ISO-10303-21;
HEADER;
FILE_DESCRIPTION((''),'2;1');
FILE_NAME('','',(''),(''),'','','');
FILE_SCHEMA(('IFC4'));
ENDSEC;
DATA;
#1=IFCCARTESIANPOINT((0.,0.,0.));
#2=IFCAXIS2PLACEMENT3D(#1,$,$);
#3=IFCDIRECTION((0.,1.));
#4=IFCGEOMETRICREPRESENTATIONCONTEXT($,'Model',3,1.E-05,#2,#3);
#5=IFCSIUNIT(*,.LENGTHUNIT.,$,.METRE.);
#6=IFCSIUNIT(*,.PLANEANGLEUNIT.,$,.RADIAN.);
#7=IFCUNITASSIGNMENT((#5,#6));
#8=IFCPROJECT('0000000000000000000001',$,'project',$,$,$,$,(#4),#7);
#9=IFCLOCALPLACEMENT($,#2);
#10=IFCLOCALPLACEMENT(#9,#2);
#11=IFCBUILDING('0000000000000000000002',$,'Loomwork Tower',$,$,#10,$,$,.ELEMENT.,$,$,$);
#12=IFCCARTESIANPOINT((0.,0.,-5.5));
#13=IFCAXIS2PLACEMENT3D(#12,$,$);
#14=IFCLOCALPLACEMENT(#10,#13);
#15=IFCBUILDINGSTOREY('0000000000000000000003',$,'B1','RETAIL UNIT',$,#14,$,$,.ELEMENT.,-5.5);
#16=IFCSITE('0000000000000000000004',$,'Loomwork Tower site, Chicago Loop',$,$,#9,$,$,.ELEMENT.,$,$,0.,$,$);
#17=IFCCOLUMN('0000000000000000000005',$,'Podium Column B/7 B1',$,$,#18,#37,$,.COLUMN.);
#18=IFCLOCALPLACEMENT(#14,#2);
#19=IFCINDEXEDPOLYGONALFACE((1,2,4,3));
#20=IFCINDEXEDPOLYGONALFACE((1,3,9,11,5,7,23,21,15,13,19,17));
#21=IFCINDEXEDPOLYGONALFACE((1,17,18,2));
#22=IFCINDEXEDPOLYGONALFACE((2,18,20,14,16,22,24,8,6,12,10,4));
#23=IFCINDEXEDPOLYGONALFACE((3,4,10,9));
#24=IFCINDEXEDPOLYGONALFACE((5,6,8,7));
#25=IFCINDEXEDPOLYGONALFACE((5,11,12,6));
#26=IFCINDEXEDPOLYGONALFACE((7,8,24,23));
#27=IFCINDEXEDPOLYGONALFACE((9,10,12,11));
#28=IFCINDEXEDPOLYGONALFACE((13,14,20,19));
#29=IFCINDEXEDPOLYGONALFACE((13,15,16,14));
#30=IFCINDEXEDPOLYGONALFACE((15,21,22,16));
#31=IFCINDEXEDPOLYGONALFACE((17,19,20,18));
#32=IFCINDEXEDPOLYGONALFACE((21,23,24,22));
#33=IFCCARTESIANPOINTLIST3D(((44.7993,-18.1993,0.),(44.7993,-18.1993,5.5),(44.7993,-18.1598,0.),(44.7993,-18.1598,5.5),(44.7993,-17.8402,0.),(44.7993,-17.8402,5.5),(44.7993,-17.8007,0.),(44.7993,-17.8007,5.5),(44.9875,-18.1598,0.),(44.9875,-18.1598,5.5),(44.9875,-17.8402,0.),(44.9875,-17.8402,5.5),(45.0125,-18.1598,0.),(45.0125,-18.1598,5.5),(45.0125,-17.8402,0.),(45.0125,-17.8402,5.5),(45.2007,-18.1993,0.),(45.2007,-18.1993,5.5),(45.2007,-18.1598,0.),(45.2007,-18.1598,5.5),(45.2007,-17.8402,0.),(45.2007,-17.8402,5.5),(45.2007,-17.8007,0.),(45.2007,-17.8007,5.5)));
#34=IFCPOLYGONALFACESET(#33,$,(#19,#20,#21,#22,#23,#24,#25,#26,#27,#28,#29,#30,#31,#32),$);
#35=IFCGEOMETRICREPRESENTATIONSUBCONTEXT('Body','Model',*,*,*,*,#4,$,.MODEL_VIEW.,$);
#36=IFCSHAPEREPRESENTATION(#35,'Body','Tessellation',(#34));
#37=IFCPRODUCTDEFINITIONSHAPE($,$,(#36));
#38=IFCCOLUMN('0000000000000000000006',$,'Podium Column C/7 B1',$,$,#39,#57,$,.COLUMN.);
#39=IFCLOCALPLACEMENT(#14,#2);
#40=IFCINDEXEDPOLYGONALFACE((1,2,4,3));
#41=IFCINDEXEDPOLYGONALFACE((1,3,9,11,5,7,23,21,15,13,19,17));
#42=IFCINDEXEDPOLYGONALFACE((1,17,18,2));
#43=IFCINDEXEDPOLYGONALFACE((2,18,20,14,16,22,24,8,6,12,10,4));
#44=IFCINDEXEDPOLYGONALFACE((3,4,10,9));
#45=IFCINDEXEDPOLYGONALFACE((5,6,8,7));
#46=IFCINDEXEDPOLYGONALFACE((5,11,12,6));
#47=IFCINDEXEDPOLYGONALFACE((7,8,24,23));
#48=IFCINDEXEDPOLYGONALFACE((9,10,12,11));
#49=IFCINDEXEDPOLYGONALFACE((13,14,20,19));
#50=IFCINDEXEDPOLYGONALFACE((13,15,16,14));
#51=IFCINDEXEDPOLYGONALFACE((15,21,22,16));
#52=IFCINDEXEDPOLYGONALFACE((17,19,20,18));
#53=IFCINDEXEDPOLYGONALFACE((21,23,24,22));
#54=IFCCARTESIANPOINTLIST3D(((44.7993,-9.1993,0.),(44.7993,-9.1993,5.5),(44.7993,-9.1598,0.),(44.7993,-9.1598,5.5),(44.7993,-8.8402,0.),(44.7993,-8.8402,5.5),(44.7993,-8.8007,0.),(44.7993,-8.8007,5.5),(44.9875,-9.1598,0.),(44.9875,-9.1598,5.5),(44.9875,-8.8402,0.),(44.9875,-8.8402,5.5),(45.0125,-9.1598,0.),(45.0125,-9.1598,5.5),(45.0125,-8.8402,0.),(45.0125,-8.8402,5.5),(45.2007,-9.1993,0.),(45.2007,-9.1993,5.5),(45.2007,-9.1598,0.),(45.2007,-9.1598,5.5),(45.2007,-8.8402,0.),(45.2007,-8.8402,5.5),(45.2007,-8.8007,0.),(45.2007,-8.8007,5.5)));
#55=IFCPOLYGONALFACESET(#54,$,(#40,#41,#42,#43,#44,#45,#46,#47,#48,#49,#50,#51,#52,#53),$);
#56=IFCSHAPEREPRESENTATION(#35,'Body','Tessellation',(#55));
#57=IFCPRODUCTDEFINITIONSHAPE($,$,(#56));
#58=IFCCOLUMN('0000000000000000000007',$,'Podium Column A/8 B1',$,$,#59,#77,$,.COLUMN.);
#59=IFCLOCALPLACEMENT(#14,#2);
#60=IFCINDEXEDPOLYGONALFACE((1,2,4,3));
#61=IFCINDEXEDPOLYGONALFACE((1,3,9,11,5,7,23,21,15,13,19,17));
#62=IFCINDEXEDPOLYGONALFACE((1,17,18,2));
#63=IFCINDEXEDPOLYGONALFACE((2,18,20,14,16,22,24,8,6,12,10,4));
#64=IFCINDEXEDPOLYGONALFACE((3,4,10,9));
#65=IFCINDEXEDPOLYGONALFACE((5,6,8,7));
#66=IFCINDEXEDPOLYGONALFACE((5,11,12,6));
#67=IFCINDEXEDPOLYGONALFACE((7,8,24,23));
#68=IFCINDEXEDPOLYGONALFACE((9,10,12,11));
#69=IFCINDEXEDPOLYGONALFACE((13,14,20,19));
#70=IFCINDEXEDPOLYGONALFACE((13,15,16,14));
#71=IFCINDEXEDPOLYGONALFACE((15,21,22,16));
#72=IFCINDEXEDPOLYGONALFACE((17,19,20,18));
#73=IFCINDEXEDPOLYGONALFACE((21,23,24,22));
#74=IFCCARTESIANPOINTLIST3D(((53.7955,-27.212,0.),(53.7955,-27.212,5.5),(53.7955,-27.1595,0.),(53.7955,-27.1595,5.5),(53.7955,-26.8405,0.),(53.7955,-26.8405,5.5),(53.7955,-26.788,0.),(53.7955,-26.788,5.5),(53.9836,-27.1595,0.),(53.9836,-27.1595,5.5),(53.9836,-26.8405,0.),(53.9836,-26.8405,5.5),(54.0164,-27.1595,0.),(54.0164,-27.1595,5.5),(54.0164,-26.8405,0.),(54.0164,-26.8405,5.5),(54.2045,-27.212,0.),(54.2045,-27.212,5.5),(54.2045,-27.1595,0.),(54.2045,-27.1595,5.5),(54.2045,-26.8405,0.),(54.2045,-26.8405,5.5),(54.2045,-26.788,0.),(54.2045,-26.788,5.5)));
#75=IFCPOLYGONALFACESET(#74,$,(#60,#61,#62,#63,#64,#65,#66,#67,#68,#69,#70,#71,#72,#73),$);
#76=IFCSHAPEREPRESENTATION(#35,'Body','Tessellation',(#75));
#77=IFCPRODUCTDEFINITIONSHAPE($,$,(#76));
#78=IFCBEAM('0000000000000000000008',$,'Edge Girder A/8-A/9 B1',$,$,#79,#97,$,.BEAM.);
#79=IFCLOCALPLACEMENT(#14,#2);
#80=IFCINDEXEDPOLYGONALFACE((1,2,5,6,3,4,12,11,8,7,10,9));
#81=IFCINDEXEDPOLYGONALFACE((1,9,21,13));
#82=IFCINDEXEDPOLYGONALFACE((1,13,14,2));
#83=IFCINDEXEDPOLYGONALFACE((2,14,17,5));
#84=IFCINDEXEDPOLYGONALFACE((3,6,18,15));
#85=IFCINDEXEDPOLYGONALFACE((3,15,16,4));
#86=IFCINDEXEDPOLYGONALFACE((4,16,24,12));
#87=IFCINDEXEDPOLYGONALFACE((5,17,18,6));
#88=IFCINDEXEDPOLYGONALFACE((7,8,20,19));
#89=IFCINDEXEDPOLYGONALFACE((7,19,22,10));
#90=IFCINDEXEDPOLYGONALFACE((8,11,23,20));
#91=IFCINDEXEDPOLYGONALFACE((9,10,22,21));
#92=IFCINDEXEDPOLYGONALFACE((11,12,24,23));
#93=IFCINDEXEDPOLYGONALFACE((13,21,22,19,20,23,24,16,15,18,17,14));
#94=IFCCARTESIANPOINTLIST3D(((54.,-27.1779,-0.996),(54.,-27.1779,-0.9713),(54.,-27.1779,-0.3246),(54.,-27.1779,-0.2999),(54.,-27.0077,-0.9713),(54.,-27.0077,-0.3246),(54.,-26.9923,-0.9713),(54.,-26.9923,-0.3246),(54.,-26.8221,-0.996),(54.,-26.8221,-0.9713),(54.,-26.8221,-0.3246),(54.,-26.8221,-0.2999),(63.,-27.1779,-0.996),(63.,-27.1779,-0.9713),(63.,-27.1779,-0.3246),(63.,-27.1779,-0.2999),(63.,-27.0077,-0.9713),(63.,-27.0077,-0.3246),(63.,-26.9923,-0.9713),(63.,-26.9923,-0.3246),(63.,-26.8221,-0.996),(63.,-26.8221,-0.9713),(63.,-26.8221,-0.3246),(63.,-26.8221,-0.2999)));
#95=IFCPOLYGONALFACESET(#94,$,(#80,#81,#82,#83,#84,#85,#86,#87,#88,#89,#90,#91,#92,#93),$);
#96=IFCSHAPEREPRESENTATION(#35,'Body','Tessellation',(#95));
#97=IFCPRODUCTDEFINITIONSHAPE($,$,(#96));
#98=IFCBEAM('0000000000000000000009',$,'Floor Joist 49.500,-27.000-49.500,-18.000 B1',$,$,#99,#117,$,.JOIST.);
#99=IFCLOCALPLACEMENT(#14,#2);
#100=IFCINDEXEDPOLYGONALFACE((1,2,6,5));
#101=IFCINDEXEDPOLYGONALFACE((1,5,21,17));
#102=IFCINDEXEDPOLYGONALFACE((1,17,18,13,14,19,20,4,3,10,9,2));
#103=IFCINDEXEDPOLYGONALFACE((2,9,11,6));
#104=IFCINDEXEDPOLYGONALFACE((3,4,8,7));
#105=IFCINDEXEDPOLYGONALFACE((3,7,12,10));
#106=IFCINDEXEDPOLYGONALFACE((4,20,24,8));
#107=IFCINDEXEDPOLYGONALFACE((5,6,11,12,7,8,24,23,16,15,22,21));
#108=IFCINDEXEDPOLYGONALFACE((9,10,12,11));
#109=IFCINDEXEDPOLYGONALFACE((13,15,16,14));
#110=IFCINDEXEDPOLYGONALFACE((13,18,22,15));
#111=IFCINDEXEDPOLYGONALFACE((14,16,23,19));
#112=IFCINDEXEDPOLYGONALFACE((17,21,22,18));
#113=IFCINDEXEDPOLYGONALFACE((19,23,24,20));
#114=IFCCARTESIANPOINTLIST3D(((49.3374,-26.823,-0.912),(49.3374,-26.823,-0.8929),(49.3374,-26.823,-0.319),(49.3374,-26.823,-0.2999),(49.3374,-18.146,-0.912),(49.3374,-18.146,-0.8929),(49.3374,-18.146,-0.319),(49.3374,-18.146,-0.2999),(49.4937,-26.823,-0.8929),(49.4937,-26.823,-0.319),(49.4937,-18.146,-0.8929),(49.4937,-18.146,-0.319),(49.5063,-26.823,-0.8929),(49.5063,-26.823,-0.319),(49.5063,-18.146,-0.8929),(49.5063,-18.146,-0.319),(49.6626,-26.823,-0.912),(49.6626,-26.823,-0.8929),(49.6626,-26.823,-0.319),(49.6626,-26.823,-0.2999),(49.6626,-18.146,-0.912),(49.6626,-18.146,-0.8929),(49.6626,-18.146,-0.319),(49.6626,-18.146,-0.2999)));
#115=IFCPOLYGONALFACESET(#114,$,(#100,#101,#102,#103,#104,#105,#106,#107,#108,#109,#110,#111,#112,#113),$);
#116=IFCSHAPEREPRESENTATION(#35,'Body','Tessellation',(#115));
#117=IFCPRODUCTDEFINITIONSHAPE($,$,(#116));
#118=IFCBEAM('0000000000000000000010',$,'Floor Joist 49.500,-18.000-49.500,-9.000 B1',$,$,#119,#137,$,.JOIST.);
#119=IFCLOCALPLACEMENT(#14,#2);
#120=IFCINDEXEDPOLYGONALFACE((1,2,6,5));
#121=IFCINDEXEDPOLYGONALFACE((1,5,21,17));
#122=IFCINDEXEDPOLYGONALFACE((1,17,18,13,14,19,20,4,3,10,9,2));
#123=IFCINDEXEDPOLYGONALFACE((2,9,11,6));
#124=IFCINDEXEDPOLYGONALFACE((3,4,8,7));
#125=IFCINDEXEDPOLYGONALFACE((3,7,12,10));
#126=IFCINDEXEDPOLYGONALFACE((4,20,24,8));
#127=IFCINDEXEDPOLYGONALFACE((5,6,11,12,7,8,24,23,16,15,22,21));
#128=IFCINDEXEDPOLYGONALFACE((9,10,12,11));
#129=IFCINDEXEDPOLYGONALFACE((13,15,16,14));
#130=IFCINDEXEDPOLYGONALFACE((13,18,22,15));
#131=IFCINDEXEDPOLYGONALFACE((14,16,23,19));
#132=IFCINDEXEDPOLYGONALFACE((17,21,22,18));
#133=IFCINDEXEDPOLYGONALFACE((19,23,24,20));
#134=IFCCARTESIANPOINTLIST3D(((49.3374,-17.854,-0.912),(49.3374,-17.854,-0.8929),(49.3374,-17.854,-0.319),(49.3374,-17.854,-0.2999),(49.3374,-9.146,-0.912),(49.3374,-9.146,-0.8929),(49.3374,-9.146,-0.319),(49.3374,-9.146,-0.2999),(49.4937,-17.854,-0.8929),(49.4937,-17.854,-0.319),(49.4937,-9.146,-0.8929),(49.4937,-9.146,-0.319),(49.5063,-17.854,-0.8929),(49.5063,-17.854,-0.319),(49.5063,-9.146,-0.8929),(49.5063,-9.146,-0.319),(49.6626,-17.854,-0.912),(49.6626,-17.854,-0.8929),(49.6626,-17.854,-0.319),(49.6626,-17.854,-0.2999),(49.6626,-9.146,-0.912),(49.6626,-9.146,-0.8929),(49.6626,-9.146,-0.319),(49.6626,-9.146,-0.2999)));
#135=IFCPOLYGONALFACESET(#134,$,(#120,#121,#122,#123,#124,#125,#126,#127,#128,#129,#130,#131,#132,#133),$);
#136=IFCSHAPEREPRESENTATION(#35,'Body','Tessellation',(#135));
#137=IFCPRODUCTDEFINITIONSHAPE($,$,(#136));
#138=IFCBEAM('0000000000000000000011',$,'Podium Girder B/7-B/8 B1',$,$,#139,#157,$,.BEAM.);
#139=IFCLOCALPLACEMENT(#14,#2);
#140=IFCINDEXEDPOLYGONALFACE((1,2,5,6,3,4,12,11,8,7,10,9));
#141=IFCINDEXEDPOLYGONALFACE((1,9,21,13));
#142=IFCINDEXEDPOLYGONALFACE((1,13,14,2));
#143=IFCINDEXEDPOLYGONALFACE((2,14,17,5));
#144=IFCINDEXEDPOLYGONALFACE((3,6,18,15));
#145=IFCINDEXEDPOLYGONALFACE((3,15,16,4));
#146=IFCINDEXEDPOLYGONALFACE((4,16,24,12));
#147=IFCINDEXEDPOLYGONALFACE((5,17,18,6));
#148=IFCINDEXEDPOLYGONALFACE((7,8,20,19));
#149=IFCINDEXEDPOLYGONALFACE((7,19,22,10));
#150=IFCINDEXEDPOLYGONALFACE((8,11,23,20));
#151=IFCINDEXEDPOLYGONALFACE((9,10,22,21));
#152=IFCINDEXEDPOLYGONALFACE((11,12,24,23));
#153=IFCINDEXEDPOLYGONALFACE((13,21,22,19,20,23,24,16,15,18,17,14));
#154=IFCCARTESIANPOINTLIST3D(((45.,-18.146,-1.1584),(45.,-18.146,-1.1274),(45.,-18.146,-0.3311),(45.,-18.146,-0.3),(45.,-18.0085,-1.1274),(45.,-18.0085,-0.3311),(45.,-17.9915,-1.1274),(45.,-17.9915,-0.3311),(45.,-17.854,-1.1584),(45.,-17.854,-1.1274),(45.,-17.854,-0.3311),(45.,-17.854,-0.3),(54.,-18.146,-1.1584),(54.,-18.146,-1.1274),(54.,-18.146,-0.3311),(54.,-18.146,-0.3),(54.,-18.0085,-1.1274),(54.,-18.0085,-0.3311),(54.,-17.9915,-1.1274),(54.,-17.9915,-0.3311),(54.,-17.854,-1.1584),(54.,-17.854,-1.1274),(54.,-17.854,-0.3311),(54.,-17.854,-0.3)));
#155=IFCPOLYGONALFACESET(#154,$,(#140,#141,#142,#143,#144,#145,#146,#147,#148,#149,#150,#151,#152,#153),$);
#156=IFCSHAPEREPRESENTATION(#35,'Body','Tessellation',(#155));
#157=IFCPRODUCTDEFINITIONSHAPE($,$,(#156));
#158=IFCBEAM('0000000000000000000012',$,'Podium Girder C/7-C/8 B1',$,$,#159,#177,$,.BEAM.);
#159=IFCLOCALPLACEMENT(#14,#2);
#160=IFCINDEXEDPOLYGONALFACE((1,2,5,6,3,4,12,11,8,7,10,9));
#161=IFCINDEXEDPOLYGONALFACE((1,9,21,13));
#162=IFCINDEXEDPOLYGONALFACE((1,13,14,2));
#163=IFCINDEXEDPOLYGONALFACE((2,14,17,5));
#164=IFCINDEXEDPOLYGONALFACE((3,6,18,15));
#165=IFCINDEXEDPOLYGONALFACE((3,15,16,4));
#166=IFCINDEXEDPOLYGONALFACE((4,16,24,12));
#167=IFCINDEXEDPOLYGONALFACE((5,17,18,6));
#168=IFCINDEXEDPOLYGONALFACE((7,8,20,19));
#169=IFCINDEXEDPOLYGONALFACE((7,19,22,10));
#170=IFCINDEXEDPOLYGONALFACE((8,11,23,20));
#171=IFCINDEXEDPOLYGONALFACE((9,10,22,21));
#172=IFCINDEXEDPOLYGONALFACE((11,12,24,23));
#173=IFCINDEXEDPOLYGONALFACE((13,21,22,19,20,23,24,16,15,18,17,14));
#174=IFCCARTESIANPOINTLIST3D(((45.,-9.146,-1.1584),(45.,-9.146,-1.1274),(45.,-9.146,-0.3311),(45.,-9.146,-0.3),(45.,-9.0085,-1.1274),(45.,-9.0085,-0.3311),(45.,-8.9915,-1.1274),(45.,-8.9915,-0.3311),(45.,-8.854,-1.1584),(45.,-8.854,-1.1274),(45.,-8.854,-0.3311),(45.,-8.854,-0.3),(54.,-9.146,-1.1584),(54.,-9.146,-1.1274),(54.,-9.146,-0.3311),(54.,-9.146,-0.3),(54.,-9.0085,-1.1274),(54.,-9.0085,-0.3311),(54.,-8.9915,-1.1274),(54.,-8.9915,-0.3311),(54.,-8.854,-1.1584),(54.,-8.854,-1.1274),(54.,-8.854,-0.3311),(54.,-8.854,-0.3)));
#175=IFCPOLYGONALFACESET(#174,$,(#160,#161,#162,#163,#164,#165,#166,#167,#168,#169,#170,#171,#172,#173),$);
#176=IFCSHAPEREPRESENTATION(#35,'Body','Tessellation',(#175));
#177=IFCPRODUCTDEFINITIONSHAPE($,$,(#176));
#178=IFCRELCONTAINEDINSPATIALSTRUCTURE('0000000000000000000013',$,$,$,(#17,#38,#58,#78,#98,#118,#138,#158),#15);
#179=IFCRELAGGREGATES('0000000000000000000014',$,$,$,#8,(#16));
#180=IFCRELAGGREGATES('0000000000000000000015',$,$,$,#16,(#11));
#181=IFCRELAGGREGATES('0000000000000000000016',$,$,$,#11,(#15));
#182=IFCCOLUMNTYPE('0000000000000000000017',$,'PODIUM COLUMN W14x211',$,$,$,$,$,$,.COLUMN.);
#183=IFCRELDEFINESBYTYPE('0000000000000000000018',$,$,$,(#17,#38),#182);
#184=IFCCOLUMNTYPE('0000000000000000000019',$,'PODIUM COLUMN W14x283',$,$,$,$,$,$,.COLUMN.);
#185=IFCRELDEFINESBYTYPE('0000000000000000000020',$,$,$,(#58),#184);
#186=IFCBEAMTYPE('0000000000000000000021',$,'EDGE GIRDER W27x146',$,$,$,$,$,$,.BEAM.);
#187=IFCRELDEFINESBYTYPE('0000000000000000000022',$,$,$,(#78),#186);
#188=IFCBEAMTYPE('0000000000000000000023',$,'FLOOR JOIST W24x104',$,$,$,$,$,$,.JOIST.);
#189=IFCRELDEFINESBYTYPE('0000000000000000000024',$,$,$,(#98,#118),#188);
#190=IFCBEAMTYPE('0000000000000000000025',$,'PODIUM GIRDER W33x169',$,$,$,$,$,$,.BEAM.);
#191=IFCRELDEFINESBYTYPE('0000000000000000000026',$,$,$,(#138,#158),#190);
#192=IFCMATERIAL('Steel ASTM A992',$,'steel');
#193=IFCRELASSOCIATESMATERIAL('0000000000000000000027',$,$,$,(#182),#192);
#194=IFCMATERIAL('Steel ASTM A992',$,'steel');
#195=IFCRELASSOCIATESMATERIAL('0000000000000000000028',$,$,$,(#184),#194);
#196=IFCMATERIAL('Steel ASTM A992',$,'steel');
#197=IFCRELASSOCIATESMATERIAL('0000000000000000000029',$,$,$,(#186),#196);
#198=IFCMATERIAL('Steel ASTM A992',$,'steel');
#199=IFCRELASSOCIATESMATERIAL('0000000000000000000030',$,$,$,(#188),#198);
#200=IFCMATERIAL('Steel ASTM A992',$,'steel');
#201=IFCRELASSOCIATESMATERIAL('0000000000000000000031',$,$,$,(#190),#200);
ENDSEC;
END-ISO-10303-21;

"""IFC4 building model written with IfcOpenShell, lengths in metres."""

from ifc_helpers import new_model, si_unit, direction, frame, origin, origin_2d, place, context, subcontext, project, spatial, i_section, extrude, material, material_profile, profile_set, type_object, element, save


model = new_model("IFC4")

# Units and contexts
model_context = context("Model", 3, precision=1e-05, world=origin(), true_north=direction((0.0, 1.0)))
body_context = subcontext(model_context, "Body", "Model", "MODEL_VIEW")
ifc_project = project(units=[si_unit("LENGTHUNIT", "METRE"), si_unit("PLANEANGLEUNIT", "RADIAN")], contexts=[model_context])

# Site, building, storey
site_placement = place(None, origin())
site = spatial("IfcSite", under=ifc_project, at=site_placement, Name="Loomwork Tower site, Chicago Loop", CompositionType="ELEMENT", RefElevation=0.0)
building_placement = place(site_placement, origin())
building = spatial("IfcBuilding", under=site, at=building_placement, Name="Loomwork Tower", CompositionType="ELEMENT")
storey_placement = place(building_placement, frame((0.0, 0.0, -5.5)))
storey = spatial("IfcBuildingStorey", under=building, at=storey_placement, Name="B1", Description="RETAIL UNIT", CompositionType="ELEMENT", Elevation=-5.5)

# Columns
ifc_material_1 = material(Name="Steel ASTM A992", Category="steel")
ifc_material_profile_1 = material_profile(ifc_material_1, i_section(OverallWidth=0.4014, OverallDepth=0.3987, WebThickness=0.0249, FlangeThickness=0.0396, at=origin_2d()), Name="W14x211")
ifc_profile_set_1 = profile_set([ifc_material_profile_1], Name="Steel ASTM A992")
column_type_1 = type_object("IfcColumnType", Name="PODIUM COLUMN W14x211", PredefinedType="COLUMN", material=ifc_profile_set_1)
for number, where, z_axis, x_axis, name in (
    (1, (45.0, -18.0, 0.0), (0.0, 0.0, 1.0), (1.0, 0.0, 0.0), "Podium Column B/7 B1"),
    (2, (45.0, -9.0, 0.0), (0.0, 0.0, 1.0), (1.0, 0.0, 0.0), "Podium Column C/7 B1"),
):
    element("IfcColumn", number, at=place(storey_placement, frame(where, z_axis=z_axis, x_axis=x_axis)), inside=storey, type_object=column_type_1, Name=name, PredefinedType="COLUMN", context=body_context, shape_type="SweptSolid", body=[
        extrude(i_section(OverallWidth=0.4014, OverallDepth=0.3987, WebThickness=0.0249, FlangeThickness=0.0396, at=origin_2d()), origin(), (0.0, 0.0, 1.0), 5.5),
    ])
ifc_material_2 = material(Name="Steel ASTM A992", Category="steel")
ifc_material_profile_2 = material_profile(ifc_material_2, i_section(OverallWidth=0.4089, OverallDepth=0.4241, WebThickness=0.0327, FlangeThickness=0.0525, at=origin_2d()), Name="W14x283")
ifc_profile_set_2 = profile_set([ifc_material_profile_2], Name="Steel ASTM A992")
column_type_2 = type_object("IfcColumnType", Name="PODIUM COLUMN W14x283", PredefinedType="COLUMN", material=ifc_profile_set_2)
column_placement = place(storey_placement, frame((54.0, -27.0, 0.0), z_axis=(0.0, 0.0, 1.0), x_axis=(1.0, 0.0, 0.0)))
element("IfcColumn", 3, at=column_placement, inside=storey, type_object=column_type_2, Name="Podium Column A/8 B1", PredefinedType="COLUMN", context=body_context, shape_type="SweptSolid", body=[
    extrude(i_section(OverallWidth=0.4089, OverallDepth=0.4241, WebThickness=0.0327, FlangeThickness=0.0525, at=origin_2d()), origin(), (0.0, 0.0, 1.0), 5.5),
])

# Beams
ifc_material_3 = material(Name="Steel ASTM A992", Category="steel")
ifc_material_profile_3 = material_profile(ifc_material_3, i_section(OverallWidth=0.3557, OverallDepth=0.696, WebThickness=0.0154, FlangeThickness=0.0247, at=origin_2d()), Name="W27x146")
ifc_profile_set_3 = profile_set([ifc_material_profile_3], Name="Steel ASTM A992")
beam_type_1 = type_object("IfcBeamType", Name="EDGE GIRDER W27x146", PredefinedType="BEAM", material=ifc_profile_set_3)
beam_1_placement = place(storey_placement, frame((54.0, -27.0, -0.6479), z_axis=(1.0, 0.0, 0.0), x_axis=(0.0, 1.0, 0.0)))
element("IfcBeam", 4, at=beam_1_placement, inside=storey, type_object=beam_type_1, Name="Edge Girder A/8-A/9 B1", PredefinedType="BEAM", context=body_context, shape_type="SweptSolid", body=[
    extrude(i_section(OverallWidth=0.3557, OverallDepth=0.696, WebThickness=0.0154, FlangeThickness=0.0247, at=origin_2d()), origin(), (0.0, 0.0, 1.0), 9.0),
])
ifc_material_4 = material(Name="Steel ASTM A992", Category="steel")
ifc_material_profile_4 = material_profile(ifc_material_4, i_section(OverallWidth=0.3252, OverallDepth=0.6121, WebThickness=0.0127, FlangeThickness=0.019, at=origin_2d()), Name="W24x104")
ifc_profile_set_4 = profile_set([ifc_material_profile_4], Name="Steel ASTM A992")
beam_type_2 = type_object("IfcBeamType", Name="FLOOR JOIST W24x104", PredefinedType="JOIST", material=ifc_profile_set_4)
beam_2_placement = place(storey_placement, frame((49.5, -26.823, -0.606), z_axis=(0.0, 1.0, 0.0), x_axis=(-1.0, 0.0, 0.0)))
element("IfcBeam", 5, at=beam_2_placement, inside=storey, type_object=beam_type_2, Name="Floor Joist 49.500,-27.000-49.500,-18.000 B1", PredefinedType="JOIST", context=body_context, shape_type="SweptSolid", body=[
    extrude(i_section(OverallWidth=0.3252, OverallDepth=0.6121, WebThickness=0.0127, FlangeThickness=0.019, at=origin_2d()), origin(), (0.0, 0.0, 1.0), 8.677),
])
beam_3_placement = place(storey_placement, frame((49.5, -17.854, -0.606), z_axis=(0.0, 1.0, 0.0), x_axis=(-1.0, 0.0, 0.0)))
element("IfcBeam", 6, at=beam_3_placement, inside=storey, type_object=beam_type_2, Name="Floor Joist 49.500,-18.000-49.500,-9.000 B1", PredefinedType="JOIST", context=body_context, shape_type="SweptSolid", body=[
    extrude(i_section(OverallWidth=0.3252, OverallDepth=0.6121, WebThickness=0.0127, FlangeThickness=0.019, at=origin_2d()), origin(), (0.0, 0.0, 1.0), 8.708),
])
ifc_material_5 = material(Name="Steel ASTM A992", Category="steel")
ifc_material_profile_5 = material_profile(ifc_material_5, i_section(OverallWidth=0.292, OverallDepth=0.8584, WebThickness=0.0171, FlangeThickness=0.031, at=origin_2d()), Name="W33x169")
ifc_profile_set_5 = profile_set([ifc_material_profile_5], Name="Steel ASTM A992")
beam_type_3 = type_object("IfcBeamType", Name="PODIUM GIRDER W33x169", PredefinedType="BEAM", material=ifc_profile_set_5)
for number, where, z_axis, x_axis, name in (
    (7, (45.0, -18.0, -0.7292), (1.0, 0.0, 0.0), (0.0, 1.0, 0.0), "Podium Girder B/7-B/8 B1"),
    (8, (45.0, -9.0, -0.7292), (1.0, 0.0, 0.0), (0.0, 1.0, 0.0), "Podium Girder C/7-C/8 B1"),
):
    element("IfcBeam", number, at=place(storey_placement, frame(where, z_axis=z_axis, x_axis=x_axis)), inside=storey, type_object=beam_type_3, Name=name, PredefinedType="BEAM", context=body_context, shape_type="SweptSolid", body=[
        extrude(i_section(OverallWidth=0.292, OverallDepth=0.8584, WebThickness=0.0171, FlangeThickness=0.031, at=origin_2d()), origin(), (0.0, 0.0, 1.0), 9.0),
    ])

save(model, "model.ifc")
